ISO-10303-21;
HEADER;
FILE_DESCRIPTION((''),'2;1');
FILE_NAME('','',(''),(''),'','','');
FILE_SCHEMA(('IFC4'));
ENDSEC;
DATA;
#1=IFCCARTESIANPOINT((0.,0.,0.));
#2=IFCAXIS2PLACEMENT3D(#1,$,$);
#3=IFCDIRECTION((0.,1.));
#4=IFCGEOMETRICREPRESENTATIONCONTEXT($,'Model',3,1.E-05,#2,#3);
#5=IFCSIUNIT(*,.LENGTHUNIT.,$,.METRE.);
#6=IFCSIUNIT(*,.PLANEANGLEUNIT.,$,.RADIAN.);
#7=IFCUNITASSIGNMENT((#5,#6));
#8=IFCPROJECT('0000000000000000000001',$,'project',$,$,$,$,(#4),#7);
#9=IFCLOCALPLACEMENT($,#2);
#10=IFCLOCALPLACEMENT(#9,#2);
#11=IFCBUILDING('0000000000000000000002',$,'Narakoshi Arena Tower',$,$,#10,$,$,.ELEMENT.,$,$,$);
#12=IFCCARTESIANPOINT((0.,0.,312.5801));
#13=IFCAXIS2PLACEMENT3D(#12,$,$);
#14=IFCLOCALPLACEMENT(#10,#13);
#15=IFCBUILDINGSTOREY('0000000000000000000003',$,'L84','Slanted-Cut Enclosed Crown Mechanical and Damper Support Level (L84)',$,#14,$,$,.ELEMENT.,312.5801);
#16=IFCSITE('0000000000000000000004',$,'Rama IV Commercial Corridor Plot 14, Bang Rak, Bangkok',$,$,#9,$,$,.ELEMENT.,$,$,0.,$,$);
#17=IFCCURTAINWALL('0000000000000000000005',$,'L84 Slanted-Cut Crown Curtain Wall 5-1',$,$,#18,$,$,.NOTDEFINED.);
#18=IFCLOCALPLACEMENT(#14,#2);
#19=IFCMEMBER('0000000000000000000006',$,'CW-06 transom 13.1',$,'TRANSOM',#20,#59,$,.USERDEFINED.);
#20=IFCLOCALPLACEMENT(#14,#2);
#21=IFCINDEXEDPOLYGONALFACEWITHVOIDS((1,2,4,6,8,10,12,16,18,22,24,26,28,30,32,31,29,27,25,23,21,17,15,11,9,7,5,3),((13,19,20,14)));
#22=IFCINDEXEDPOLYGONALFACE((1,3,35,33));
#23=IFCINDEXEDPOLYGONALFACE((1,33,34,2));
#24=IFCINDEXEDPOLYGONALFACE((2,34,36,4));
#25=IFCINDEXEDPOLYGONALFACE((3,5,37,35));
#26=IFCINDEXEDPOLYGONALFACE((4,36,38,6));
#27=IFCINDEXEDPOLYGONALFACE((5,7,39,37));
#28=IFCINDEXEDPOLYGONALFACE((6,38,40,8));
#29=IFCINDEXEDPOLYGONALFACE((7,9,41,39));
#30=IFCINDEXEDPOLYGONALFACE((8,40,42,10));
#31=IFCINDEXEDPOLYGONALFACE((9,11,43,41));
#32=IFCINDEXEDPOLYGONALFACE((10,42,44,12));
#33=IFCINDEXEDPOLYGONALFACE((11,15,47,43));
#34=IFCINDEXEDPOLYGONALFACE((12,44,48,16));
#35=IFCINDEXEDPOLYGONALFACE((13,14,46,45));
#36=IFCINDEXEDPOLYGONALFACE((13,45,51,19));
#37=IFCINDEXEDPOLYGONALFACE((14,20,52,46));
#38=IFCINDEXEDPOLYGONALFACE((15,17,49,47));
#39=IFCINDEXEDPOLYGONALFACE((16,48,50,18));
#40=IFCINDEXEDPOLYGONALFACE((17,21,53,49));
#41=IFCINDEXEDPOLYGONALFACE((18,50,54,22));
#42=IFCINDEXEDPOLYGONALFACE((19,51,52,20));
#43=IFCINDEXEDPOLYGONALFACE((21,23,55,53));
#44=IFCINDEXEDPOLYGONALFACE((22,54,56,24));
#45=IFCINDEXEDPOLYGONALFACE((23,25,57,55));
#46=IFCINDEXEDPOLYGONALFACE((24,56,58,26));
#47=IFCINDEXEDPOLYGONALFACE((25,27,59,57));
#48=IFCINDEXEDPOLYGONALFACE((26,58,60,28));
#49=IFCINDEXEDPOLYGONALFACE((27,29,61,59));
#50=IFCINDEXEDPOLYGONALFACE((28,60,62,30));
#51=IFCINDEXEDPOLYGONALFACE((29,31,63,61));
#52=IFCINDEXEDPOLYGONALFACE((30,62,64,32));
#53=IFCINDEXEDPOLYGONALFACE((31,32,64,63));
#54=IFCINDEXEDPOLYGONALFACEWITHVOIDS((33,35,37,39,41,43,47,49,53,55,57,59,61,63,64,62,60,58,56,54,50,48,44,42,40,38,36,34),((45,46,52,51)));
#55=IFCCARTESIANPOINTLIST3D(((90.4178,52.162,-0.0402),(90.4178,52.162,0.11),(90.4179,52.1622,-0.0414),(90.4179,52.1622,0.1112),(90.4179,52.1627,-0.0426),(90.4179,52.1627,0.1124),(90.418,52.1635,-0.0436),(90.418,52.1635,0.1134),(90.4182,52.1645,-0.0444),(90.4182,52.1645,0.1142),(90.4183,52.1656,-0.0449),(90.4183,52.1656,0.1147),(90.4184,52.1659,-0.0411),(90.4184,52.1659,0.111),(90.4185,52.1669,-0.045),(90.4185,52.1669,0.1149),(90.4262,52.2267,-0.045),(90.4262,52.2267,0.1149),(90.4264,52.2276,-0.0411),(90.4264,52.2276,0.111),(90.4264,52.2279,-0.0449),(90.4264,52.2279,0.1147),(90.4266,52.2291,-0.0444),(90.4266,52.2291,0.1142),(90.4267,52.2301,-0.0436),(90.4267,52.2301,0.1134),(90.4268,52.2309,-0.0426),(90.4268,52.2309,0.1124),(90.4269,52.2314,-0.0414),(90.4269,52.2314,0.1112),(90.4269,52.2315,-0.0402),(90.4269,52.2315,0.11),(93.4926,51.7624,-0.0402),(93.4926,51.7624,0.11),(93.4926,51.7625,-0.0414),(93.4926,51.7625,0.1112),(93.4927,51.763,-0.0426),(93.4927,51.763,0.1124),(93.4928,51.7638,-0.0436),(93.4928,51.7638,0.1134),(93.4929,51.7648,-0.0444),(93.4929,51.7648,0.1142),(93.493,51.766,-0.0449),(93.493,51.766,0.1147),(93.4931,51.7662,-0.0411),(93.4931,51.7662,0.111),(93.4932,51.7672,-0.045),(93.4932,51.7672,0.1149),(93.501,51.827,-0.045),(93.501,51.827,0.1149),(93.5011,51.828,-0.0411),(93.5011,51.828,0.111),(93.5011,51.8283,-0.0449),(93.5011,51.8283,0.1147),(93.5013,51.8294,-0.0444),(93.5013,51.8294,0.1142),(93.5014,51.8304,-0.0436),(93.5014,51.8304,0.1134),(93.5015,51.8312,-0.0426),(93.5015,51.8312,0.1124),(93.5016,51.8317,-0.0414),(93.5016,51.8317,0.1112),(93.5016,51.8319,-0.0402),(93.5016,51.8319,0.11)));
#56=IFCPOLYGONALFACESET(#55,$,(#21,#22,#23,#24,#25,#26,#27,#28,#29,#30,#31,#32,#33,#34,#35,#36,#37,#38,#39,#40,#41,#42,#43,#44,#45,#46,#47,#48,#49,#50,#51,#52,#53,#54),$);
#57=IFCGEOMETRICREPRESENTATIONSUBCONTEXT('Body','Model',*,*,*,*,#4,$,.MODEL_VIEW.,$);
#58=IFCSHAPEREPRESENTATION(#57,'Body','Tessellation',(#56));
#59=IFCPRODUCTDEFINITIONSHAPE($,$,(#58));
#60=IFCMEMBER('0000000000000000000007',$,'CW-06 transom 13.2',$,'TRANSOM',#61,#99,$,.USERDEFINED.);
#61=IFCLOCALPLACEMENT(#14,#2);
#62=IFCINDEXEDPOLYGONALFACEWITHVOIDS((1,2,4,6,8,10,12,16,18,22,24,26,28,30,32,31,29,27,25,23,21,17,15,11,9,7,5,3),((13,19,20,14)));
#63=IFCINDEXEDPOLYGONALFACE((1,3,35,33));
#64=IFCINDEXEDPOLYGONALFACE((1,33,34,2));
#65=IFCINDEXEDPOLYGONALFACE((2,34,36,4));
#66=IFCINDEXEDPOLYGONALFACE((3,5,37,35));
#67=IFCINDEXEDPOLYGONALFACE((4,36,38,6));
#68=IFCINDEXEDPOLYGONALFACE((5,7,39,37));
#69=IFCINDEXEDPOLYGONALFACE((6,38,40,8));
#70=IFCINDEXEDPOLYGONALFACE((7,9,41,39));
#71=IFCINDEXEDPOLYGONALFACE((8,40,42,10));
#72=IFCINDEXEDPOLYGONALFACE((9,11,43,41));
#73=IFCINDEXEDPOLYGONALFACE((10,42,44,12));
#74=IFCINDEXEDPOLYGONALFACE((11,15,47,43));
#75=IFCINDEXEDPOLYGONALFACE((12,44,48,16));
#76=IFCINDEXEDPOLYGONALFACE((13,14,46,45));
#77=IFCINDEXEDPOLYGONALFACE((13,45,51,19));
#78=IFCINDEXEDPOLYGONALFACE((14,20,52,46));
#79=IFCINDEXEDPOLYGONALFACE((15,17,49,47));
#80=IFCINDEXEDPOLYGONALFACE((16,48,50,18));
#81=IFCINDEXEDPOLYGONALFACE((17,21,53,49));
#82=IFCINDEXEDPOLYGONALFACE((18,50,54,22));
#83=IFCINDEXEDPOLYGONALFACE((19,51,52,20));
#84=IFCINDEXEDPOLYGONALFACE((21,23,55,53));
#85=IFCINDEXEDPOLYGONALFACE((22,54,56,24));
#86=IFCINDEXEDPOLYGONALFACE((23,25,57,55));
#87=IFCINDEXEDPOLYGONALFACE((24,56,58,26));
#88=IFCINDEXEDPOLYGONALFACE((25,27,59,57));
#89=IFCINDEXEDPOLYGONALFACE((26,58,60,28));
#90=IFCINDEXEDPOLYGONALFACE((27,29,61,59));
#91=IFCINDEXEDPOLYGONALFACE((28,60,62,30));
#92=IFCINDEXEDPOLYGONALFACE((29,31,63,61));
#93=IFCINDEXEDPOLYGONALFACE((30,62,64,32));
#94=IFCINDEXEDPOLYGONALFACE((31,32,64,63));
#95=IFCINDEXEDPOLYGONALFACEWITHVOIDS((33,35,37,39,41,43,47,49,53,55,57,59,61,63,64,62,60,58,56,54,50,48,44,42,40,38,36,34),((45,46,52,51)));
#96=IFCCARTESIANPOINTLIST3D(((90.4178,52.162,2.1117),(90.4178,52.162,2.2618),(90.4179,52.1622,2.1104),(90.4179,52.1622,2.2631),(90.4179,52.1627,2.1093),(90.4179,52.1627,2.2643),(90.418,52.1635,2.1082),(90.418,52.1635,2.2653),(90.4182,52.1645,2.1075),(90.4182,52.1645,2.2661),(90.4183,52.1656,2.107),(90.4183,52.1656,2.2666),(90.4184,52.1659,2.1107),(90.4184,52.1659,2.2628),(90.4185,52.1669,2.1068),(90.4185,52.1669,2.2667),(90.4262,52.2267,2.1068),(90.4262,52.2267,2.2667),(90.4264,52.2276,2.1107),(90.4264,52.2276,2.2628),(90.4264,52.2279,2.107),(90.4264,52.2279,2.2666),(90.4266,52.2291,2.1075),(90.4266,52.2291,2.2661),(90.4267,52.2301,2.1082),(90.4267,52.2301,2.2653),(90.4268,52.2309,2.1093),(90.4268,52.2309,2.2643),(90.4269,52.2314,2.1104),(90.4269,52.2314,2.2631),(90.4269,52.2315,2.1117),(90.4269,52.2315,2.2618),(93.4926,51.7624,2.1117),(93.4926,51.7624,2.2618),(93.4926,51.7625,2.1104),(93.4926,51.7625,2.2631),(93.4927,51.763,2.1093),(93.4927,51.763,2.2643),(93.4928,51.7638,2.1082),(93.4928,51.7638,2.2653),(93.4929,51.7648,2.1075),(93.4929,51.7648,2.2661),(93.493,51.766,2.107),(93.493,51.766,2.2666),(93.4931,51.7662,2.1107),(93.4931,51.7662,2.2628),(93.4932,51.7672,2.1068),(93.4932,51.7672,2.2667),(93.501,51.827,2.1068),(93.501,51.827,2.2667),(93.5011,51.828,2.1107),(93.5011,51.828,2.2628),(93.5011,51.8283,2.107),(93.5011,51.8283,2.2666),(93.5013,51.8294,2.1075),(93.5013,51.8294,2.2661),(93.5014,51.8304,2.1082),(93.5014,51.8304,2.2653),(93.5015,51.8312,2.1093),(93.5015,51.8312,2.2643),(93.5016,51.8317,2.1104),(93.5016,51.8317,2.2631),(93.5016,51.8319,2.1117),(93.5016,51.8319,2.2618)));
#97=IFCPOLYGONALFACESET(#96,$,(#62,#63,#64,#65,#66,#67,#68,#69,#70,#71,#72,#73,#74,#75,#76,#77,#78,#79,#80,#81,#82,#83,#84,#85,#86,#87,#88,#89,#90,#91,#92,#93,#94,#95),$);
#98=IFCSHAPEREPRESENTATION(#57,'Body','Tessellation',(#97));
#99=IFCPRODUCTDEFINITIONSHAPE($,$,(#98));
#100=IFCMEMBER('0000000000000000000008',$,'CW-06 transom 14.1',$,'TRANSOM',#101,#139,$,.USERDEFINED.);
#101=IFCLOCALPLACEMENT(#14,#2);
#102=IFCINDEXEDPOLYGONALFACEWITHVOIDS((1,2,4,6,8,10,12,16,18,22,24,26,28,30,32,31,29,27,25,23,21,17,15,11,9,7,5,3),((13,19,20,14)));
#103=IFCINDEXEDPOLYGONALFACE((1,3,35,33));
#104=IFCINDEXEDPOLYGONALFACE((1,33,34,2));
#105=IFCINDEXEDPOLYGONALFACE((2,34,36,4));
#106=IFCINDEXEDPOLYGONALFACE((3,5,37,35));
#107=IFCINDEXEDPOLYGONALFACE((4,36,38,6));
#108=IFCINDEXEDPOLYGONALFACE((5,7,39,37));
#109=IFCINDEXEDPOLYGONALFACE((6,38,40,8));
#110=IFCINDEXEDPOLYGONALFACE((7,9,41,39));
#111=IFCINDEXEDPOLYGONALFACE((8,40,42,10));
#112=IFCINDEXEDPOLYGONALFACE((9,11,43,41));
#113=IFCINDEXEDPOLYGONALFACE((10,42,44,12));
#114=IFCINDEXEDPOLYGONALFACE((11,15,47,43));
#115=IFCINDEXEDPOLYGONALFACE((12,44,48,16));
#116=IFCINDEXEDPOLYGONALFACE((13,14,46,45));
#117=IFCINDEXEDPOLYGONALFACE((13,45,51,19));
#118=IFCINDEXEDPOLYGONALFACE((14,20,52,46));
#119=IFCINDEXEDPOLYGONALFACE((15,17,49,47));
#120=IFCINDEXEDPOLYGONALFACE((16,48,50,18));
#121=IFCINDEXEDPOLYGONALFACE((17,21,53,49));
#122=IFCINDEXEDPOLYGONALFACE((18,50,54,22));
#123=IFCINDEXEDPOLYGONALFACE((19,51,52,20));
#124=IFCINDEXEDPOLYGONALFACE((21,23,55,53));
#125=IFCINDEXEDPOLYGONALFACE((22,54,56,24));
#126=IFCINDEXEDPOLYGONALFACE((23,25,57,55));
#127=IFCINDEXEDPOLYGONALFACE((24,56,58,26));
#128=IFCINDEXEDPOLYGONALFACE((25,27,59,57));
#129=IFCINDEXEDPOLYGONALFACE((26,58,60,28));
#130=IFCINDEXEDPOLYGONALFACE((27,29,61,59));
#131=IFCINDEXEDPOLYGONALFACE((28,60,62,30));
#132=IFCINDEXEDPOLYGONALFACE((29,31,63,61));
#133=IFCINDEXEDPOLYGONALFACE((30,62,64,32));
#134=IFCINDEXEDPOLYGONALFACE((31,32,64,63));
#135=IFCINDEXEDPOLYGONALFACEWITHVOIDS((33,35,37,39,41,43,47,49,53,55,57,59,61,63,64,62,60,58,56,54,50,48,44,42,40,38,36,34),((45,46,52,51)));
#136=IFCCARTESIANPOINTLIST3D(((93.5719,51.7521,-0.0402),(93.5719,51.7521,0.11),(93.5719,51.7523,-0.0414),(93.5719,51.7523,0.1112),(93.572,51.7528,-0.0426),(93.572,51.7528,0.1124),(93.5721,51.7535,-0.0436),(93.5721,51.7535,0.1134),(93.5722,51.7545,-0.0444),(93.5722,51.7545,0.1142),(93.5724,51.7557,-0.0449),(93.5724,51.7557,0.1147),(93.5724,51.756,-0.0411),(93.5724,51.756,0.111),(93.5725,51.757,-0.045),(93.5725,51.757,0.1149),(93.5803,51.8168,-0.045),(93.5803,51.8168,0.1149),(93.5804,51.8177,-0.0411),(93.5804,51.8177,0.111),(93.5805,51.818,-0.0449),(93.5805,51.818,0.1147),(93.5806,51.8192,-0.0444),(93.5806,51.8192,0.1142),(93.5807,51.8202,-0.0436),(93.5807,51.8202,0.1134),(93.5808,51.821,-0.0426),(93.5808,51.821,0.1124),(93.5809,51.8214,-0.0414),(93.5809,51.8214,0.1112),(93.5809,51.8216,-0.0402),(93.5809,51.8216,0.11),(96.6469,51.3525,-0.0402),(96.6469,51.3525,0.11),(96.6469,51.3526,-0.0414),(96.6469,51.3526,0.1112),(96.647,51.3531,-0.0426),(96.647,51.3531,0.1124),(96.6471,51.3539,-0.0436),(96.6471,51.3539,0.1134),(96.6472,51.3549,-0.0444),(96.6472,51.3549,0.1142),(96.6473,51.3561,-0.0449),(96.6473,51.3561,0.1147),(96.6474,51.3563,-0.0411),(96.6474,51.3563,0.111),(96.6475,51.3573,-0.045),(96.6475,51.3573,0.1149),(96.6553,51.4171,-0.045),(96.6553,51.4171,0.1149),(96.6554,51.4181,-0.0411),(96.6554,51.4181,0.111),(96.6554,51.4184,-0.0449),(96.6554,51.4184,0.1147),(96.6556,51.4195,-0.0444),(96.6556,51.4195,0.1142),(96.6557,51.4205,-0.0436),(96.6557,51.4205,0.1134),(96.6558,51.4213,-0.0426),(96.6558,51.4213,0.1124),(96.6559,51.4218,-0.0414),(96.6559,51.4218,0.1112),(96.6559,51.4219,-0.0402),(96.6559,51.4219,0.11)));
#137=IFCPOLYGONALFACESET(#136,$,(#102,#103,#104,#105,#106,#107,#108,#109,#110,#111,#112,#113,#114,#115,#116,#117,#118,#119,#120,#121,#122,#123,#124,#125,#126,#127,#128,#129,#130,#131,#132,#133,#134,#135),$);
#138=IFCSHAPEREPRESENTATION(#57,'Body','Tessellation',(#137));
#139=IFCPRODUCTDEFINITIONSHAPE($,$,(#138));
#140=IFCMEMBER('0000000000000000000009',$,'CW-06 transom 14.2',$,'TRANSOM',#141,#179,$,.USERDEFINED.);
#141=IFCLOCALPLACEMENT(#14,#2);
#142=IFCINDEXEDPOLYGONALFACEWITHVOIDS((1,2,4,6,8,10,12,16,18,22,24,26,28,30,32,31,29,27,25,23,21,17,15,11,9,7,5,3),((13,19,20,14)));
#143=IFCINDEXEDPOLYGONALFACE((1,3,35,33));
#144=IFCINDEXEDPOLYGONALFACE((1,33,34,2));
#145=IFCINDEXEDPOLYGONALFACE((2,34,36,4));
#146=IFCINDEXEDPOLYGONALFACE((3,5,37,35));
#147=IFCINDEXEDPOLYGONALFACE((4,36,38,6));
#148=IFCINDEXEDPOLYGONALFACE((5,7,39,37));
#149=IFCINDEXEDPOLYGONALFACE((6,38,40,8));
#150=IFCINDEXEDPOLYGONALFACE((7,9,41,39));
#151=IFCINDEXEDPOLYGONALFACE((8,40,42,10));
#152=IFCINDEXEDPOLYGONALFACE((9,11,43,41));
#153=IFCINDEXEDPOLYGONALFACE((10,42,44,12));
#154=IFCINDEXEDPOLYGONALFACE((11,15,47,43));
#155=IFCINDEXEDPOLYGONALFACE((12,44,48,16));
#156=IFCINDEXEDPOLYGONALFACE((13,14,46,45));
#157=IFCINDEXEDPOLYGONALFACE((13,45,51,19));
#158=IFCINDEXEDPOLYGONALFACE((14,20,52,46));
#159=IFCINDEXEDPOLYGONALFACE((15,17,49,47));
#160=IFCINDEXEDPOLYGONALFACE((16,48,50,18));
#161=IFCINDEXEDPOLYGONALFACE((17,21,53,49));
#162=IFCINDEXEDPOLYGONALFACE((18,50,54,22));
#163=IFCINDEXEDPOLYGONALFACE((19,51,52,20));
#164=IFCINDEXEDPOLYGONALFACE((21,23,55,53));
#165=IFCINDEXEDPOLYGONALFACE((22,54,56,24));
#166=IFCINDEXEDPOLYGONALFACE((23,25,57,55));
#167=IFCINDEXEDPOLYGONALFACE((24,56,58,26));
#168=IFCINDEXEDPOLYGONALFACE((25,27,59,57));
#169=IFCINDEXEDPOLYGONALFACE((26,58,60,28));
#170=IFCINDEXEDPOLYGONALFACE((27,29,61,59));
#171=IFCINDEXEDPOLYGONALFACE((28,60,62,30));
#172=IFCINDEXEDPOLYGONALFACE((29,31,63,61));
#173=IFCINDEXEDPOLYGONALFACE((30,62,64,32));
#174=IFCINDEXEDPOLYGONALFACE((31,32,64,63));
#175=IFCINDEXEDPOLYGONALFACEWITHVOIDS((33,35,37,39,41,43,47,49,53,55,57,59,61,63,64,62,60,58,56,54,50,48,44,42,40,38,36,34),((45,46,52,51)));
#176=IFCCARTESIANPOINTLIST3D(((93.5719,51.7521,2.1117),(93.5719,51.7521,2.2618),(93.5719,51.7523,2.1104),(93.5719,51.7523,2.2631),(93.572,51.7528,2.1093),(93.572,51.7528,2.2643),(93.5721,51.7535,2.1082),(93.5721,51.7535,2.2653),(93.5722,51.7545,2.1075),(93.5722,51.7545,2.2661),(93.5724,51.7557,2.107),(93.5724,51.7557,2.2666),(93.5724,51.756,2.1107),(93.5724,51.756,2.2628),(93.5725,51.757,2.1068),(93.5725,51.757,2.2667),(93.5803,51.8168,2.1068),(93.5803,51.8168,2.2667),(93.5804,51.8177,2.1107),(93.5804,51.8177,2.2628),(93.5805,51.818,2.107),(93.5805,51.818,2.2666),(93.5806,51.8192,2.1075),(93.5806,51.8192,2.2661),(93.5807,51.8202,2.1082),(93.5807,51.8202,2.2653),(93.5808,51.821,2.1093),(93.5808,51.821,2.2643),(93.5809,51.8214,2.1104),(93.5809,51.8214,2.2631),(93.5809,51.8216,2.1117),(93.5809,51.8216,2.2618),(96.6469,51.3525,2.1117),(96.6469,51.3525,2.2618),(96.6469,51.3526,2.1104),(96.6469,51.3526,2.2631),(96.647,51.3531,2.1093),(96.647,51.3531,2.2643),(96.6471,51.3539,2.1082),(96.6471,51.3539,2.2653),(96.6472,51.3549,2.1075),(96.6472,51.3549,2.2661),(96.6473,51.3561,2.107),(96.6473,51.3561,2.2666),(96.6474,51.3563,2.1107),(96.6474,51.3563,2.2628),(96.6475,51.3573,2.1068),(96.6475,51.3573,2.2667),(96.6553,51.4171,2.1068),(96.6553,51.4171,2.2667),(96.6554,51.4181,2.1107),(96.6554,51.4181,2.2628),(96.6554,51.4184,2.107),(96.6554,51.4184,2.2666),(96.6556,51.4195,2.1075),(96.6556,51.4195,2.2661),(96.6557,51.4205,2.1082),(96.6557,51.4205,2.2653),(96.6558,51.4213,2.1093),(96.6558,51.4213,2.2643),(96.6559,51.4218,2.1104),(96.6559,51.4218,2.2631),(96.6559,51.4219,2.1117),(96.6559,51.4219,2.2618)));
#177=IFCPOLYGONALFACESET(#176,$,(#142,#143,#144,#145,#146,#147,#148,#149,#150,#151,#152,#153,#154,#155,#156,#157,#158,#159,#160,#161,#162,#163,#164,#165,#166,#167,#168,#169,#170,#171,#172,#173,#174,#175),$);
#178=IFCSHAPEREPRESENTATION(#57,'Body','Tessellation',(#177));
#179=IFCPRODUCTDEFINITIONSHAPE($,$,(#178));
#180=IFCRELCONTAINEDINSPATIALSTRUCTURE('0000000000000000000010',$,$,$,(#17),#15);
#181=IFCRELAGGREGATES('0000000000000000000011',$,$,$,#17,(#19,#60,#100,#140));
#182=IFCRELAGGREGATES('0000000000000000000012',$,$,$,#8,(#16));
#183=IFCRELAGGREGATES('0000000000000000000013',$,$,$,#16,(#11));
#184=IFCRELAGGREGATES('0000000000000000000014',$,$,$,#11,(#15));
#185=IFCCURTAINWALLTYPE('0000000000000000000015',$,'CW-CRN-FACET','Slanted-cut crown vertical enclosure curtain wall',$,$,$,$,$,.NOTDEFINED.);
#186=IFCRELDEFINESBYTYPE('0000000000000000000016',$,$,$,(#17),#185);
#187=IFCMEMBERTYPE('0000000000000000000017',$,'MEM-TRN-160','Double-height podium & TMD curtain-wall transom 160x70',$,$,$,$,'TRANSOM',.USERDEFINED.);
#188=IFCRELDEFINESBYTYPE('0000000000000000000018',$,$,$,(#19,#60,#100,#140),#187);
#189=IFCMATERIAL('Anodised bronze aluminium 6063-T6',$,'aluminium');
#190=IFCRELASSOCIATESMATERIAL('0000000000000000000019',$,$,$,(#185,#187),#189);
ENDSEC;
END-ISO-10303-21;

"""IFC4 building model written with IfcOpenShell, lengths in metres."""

from ifc_helpers import new_model, si_unit, direction, frame, origin, origin_2d, place, context, subcontext, project, spatial, hollow_rectangle, extrude, material, material_profile, profile_set, type_object, element, aggregate, save


model = new_model("IFC4")

# Units and contexts
model_context = context("Model", 3, precision=1e-05, world=origin(), true_north=direction((0.0, 1.0)))
body_context = subcontext(model_context, "Body", "Model", "MODEL_VIEW")
ifc_project = project(units=[si_unit("LENGTHUNIT", "METRE"), si_unit("PLANEANGLEUNIT", "RADIAN")], contexts=[model_context])

# Site, building, storey
site_placement = place(None, origin())
site = spatial("IfcSite", under=ifc_project, at=site_placement, Name="Rama IV Commercial Corridor Plot 14, Bang Rak, Bangkok", CompositionType="ELEMENT", RefElevation=0.0)
building_placement = place(site_placement, origin())
building = spatial("IfcBuilding", under=site, at=building_placement, Name="Narakoshi Arena Tower", CompositionType="ELEMENT")
storey_placement = place(building_placement, frame((0.0, 0.0, 312.5801)))
storey = spatial("IfcBuildingStorey", under=building, at=storey_placement, Name="L84", Description="Slanted-Cut Enclosed Crown Mechanical and Damper Support Level (L84)", CompositionType="ELEMENT", Elevation=312.5801)

# Curtain wall, members
ifc_material_1 = material(Name="Anodised bronze aluminium 6063-T6", Category="aluminium")
curtain_wall_type = type_object("IfcCurtainWallType", Name="CW-CRN-FACET", Description="Slanted-cut crown vertical enclosure curtain wall", PredefinedType="NOTDEFINED", material=ifc_material_1)
curtain_wall_placement = place(storey_placement, origin())
curtain_wall = element("IfcCurtainWall", 1, at=curtain_wall_placement, inside=storey, type_object=curtain_wall_type, Name="L84 Slanted-Cut Crown Curtain Wall 5-1", PredefinedType="NOTDEFINED")
ifc_material_profile_1 = material_profile(ifc_material_1, hollow_rectangle(XDim=0.0701, YDim=0.1599, WallThickness=0.0039, OuterFilletRadius=0.0049, at=origin_2d()), Name="TRN160x70x4")
ifc_profile_set_1 = profile_set([ifc_material_profile_1], Name="Anodised bronze aluminium 6063-T6")
member_type_1 = type_object("IfcMemberType", Name="MEM-TRN-160", Description="Double-height podium & TMD curtain-wall transom 160x70", ElementType="TRANSOM", PredefinedType="USERDEFINED", material=ifc_profile_set_1)
member_1_placement = place(storey_placement, frame((90.4224, 52.1968, 0.0349), z_axis=(0.991658, -0.128898, 0.0), x_axis=(0.128898, 0.991658, 0.0)))
member_1 = element("IfcMember", 2, at=member_1_placement, type_object=member_type_1, Name="CW-06 transom 13.1", ObjectType="TRANSOM", PredefinedType="USERDEFINED", context=body_context, shape_type="SweptSolid", body=[
    extrude(hollow_rectangle(XDim=0.0701, YDim=0.1599, WallThickness=0.0039, OuterFilletRadius=0.0049, at=origin_2d()), origin(), (0.0, 0.0, 1.0), 3.1006),
])
member_2_placement = place(storey_placement, frame((90.4224, 52.1968, 2.1868), z_axis=(0.991658, -0.128898, 0.0), x_axis=(0.128898, 0.991658, 0.0)))
member_2 = element("IfcMember", 3, at=member_2_placement, type_object=member_type_1, Name="CW-06 transom 13.2", ObjectType="TRANSOM", PredefinedType="USERDEFINED", context=body_context, shape_type="SweptSolid", body=[
    extrude(hollow_rectangle(XDim=0.0701, YDim=0.1599, WallThickness=0.0039, OuterFilletRadius=0.0049, at=origin_2d()), origin(), (0.0, 0.0, 1.0), 3.1006),
])
member_3_placement = place(storey_placement, frame((93.5764, 51.7869, 0.0349), z_axis=(0.991659, -0.128888, 0.0), x_axis=(0.128888, 0.991659, 0.0)))
member_3 = element("IfcMember", 4, at=member_3_placement, type_object=member_type_1, Name="CW-06 transom 14.1", ObjectType="TRANSOM", PredefinedType="USERDEFINED", context=body_context, shape_type="SweptSolid", body=[
    extrude(hollow_rectangle(XDim=0.0701, YDim=0.1599, WallThickness=0.0039, OuterFilletRadius=0.0049, at=origin_2d()), origin(), (0.0, 0.0, 1.0), 3.1008),
])
member_4_placement = place(storey_placement, frame((93.5764, 51.7869, 2.1868), z_axis=(0.991659, -0.128888, 0.0), x_axis=(0.128888, 0.991659, 0.0)))
member_4 = element("IfcMember", 5, at=member_4_placement, type_object=member_type_1, Name="CW-06 transom 14.2", ObjectType="TRANSOM", PredefinedType="USERDEFINED", context=body_context, shape_type="SweptSolid", body=[
    extrude(hollow_rectangle(XDim=0.0701, YDim=0.1599, WallThickness=0.0039, OuterFilletRadius=0.0049, at=origin_2d()), origin(), (0.0, 0.0, 1.0), 3.1008),
])
aggregate(curtain_wall, [member_1, member_2, member_3, member_4])

save(model, "model.ifc")
